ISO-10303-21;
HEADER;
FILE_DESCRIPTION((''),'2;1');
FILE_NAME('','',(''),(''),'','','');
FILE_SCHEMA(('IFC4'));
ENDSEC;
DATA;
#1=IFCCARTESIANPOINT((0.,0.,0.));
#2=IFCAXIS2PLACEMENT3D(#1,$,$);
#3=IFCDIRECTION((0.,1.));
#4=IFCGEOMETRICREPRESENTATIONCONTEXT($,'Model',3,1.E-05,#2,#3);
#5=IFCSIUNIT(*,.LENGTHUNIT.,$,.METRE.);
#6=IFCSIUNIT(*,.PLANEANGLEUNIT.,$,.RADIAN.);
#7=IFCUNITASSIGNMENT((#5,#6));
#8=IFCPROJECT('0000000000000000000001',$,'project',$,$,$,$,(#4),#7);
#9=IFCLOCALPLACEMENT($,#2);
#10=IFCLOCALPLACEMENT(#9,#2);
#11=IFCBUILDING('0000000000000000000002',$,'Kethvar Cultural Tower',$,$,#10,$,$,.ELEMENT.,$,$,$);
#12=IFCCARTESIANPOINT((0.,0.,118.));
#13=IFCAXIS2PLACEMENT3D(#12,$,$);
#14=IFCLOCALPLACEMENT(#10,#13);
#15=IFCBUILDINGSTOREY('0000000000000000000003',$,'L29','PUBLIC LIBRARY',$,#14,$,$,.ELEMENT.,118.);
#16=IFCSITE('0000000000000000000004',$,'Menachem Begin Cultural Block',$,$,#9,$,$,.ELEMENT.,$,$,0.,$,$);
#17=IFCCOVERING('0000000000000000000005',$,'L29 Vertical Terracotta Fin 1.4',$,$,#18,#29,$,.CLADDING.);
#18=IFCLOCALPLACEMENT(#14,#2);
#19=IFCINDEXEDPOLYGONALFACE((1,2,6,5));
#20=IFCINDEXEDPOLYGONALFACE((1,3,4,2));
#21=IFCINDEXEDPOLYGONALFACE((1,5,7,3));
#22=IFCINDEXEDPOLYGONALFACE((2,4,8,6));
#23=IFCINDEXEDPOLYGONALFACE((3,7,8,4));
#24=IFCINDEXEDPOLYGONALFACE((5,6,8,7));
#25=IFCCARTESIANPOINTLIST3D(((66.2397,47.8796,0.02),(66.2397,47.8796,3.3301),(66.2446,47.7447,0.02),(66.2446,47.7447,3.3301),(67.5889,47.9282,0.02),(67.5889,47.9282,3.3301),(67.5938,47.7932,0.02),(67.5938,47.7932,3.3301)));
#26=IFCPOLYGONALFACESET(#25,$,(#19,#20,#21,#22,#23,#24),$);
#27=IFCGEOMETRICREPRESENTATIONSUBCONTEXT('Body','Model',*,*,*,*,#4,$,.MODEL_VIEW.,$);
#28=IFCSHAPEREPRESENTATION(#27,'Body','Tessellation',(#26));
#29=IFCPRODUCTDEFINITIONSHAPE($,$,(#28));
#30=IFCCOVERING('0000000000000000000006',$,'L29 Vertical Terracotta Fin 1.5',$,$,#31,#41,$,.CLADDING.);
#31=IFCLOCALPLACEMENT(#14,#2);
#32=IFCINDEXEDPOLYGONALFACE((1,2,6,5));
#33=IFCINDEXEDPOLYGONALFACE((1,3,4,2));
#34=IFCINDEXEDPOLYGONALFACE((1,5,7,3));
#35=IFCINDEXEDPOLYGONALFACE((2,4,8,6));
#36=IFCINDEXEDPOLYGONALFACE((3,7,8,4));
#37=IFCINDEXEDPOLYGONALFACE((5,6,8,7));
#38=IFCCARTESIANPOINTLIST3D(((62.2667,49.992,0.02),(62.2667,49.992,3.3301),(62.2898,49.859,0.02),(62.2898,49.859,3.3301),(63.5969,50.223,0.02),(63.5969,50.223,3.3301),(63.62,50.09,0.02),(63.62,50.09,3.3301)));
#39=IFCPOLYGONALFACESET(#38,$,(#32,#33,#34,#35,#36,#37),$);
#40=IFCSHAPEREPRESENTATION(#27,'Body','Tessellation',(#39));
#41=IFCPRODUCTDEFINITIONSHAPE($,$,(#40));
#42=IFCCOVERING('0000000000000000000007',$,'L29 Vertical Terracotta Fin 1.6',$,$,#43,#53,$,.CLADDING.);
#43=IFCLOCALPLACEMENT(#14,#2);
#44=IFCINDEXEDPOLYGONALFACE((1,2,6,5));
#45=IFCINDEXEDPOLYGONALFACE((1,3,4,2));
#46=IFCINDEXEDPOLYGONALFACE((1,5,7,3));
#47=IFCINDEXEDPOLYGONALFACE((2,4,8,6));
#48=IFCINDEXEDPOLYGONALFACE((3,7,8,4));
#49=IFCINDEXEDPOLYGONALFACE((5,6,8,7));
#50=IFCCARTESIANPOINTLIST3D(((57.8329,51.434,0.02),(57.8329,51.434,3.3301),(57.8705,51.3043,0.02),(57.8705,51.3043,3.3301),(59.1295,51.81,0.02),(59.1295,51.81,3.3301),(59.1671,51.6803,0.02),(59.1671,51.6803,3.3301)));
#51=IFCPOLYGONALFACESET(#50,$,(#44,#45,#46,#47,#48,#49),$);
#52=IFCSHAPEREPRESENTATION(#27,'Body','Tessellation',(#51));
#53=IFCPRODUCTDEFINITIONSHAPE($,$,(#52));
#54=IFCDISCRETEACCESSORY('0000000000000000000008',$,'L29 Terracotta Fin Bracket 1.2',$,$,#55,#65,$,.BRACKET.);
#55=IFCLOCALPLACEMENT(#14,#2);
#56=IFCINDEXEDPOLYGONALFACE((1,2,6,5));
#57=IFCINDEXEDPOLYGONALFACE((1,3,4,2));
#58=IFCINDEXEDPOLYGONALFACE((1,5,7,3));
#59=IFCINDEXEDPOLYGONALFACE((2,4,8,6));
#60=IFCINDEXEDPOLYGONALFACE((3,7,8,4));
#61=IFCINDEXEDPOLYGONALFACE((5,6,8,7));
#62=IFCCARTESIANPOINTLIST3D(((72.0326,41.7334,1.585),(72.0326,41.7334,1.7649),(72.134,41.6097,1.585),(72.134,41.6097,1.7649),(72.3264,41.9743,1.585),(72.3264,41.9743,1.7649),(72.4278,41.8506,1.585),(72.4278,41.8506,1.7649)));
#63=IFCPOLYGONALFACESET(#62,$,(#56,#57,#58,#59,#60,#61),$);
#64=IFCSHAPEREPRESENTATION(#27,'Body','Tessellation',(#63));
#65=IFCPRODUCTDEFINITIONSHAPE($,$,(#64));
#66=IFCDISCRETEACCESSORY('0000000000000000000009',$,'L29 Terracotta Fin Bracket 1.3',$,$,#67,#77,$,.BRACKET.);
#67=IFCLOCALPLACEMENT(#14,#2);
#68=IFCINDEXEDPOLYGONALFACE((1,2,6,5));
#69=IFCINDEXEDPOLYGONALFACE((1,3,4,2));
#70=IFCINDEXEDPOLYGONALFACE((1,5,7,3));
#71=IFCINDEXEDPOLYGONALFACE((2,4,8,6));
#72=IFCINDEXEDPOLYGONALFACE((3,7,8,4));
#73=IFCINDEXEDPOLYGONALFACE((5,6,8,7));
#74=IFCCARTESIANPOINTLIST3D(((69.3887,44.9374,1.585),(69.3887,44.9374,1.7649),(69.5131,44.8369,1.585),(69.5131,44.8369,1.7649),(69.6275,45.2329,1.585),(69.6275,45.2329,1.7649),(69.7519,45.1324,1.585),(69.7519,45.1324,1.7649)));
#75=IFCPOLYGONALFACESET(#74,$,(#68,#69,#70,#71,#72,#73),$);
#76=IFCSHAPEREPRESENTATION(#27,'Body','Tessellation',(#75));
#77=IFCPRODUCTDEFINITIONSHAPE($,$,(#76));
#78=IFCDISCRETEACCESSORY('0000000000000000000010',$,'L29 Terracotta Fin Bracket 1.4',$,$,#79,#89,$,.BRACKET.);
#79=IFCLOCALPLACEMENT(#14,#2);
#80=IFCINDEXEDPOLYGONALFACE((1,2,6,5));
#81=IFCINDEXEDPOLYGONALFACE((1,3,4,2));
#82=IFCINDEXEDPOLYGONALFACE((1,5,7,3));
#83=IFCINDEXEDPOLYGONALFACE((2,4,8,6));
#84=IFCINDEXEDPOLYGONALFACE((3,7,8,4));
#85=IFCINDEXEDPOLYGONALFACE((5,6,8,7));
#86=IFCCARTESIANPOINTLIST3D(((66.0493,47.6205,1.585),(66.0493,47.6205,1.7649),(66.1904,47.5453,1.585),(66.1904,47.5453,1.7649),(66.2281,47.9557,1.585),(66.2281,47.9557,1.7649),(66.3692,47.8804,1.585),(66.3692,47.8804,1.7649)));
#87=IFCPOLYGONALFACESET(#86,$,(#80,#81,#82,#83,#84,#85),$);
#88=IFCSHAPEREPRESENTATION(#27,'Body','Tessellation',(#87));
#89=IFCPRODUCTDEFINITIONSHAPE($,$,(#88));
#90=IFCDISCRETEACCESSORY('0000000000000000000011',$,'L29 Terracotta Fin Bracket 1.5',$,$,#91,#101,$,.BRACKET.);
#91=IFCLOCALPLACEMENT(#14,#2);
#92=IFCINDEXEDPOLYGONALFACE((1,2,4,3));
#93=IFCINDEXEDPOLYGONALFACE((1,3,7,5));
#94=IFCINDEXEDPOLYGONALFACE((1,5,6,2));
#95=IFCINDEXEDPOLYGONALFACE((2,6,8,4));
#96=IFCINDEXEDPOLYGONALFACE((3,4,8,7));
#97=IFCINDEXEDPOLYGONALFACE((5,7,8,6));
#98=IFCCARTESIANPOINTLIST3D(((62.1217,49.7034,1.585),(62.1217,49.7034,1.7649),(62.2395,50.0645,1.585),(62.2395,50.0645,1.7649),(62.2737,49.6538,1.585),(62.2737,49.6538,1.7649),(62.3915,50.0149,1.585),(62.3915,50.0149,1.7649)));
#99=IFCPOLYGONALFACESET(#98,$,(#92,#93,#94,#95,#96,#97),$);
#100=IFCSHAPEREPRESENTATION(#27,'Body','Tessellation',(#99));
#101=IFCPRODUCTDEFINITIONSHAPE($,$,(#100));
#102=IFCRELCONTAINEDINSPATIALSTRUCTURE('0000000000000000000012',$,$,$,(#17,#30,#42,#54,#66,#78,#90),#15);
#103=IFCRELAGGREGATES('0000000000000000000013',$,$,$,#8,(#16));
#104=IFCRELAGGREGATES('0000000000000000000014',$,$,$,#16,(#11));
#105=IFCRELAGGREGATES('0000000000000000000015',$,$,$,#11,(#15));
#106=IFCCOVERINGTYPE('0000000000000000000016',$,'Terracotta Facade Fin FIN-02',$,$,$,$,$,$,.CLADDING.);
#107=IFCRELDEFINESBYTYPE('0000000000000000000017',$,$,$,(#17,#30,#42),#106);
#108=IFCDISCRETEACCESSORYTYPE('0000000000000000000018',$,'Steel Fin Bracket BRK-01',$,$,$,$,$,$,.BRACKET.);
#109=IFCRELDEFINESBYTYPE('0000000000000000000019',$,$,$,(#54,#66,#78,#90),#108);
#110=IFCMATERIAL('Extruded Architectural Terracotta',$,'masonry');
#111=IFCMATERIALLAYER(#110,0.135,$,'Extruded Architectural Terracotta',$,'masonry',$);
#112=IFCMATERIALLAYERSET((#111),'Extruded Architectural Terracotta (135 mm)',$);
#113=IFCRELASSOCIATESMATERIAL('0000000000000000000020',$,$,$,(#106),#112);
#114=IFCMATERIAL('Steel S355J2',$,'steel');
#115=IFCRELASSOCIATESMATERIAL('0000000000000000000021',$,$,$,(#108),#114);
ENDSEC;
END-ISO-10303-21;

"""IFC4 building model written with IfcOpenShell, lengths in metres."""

from ifc_helpers import new_model, si_unit, direction, frame, origin, origin_2d, place, context, subcontext, project, spatial, rectangle, extrude, source, transform, mapped, material, layer, layer_set, type_object, element, save


model = new_model("IFC4")

# Units and contexts
model_context = context("Model", 3, precision=1e-05, world=origin(), true_north=direction((0.0, 1.0)))
body_context = subcontext(model_context, "Body", "Model", "MODEL_VIEW")
ifc_project = project(units=[si_unit("LENGTHUNIT", "METRE"), si_unit("PLANEANGLEUNIT", "RADIAN")], contexts=[model_context])

# Site, building, storey
site_placement = place(None, origin())
site = spatial("IfcSite", under=ifc_project, at=site_placement, Name="Menachem Begin Cultural Block", CompositionType="ELEMENT", RefElevation=0.0)
building_placement = place(site_placement, origin())
building = spatial("IfcBuilding", under=site, at=building_placement, Name="Kethvar Cultural Tower", CompositionType="ELEMENT")
storey_placement = place(building_placement, frame((0.0, 0.0, 118.0)))
storey = spatial("IfcBuildingStorey", under=building, at=storey_placement, Name="L29", Description="PUBLIC LIBRARY", CompositionType="ELEMENT", Elevation=118.0)

# Shared definitions
ifc_material_1 = material(Name="Steel S355J2", Category="steel")

# Coverings
ifc_material_2 = material(Name="Extruded Architectural Terracotta", Category="masonry")
ifc_layer_1 = layer(ifc_material_2, 0.135, Name="Extruded Architectural Terracotta", Category="masonry")
ifc_layer_set_1 = layer_set([ifc_layer_1], Name="Extruded Architectural Terracotta (135 mm)")
covering_type = type_object("IfcCoveringType", Name="Terracotta Facade Fin FIN-02", PredefinedType="CLADDING", material=ifc_layer_set_1)
shared_shape_1 = source(origin(), body_context, "Body", "SweptSolid", [
    extrude(rectangle(XDim=1.3501, YDim=0.135, at=origin_2d()), origin(), (0.0, 0.0, 1.0), 3.3101),
])
for number, where, z_axis, x_axis, name in (
    (1, (66.9167, 47.8364, 0.02), (0.0, 0.0, 1.0), (0.999354, 0.035946, 0.0), "L29 Vertical Terracotta Fin 1.4"),
    (2, (62.9434, 50.041, 0.02), (0.0, 0.0, 1.0), (0.985259, 0.171069, 0.0), "L29 Vertical Terracotta Fin 1.5"),
    (3, (58.5, 51.5571, 0.02), (0.0, 0.0, 1.0), (0.96044, 0.278488, 0.0), "L29 Vertical Terracotta Fin 1.6"),
):
    element("IfcCovering", number, at=place(storey_placement, frame(where, z_axis=z_axis, x_axis=x_axis)), inside=storey, type_object=covering_type, Name=name, PredefinedType="CLADDING", context=body_context, shape_type="MappedRepresentation", body=[
        mapped(shared_shape_1, transform((0.0, 0.0, 0.0), scale=1.0)),
    ])

# Discrete accessories
discrete_accessory_type = type_object("IfcDiscreteAccessoryType", Name="Steel Fin Bracket BRK-01", PredefinedType="BRACKET", material=ifc_material_1)
shared_shape_2 = source(origin(), body_context, "Body", "SweptSolid", [
    extrude(rectangle(XDim=0.3799, YDim=0.1599, at=origin_2d()), origin(), (0.0, 0.0, 1.0), 0.1799),
])
for number, where, z_axis, x_axis, name in (
    (4, (72.2302, 41.792, 1.585), (0.0, 0.0, 1.0), (0.773287, 0.634056, 0.0), "L29 Terracotta Fin Bracket 1.2"),
    (5, (69.5703, 45.0349, 1.585), (0.0, 0.0, 1.0), (0.628506, 0.777805, 0.0), "L29 Terracotta Fin Bracket 1.3"),
    (6, (66.2092, 47.7505, 1.585), (0.0, 0.0, 1.0), (0.470704, 0.882291, 0.0), "L29 Terracotta Fin Bracket 1.4"),
    (7, (62.2566, 49.8591, 1.585), (0.0, 0.0, 1.0), (0.310179, 0.950678, 0.0), "L29 Terracotta Fin Bracket 1.5"),
):
    element("IfcDiscreteAccessory", number, at=place(storey_placement, frame(where, z_axis=z_axis, x_axis=x_axis)), inside=storey, type_object=discrete_accessory_type, Name=name, PredefinedType="BRACKET", context=body_context, shape_type="MappedRepresentation", body=[
        mapped(shared_shape_2, transform((0.0, 0.0, 0.0), scale=1.0)),
    ])

save(model, "model.ifc")
